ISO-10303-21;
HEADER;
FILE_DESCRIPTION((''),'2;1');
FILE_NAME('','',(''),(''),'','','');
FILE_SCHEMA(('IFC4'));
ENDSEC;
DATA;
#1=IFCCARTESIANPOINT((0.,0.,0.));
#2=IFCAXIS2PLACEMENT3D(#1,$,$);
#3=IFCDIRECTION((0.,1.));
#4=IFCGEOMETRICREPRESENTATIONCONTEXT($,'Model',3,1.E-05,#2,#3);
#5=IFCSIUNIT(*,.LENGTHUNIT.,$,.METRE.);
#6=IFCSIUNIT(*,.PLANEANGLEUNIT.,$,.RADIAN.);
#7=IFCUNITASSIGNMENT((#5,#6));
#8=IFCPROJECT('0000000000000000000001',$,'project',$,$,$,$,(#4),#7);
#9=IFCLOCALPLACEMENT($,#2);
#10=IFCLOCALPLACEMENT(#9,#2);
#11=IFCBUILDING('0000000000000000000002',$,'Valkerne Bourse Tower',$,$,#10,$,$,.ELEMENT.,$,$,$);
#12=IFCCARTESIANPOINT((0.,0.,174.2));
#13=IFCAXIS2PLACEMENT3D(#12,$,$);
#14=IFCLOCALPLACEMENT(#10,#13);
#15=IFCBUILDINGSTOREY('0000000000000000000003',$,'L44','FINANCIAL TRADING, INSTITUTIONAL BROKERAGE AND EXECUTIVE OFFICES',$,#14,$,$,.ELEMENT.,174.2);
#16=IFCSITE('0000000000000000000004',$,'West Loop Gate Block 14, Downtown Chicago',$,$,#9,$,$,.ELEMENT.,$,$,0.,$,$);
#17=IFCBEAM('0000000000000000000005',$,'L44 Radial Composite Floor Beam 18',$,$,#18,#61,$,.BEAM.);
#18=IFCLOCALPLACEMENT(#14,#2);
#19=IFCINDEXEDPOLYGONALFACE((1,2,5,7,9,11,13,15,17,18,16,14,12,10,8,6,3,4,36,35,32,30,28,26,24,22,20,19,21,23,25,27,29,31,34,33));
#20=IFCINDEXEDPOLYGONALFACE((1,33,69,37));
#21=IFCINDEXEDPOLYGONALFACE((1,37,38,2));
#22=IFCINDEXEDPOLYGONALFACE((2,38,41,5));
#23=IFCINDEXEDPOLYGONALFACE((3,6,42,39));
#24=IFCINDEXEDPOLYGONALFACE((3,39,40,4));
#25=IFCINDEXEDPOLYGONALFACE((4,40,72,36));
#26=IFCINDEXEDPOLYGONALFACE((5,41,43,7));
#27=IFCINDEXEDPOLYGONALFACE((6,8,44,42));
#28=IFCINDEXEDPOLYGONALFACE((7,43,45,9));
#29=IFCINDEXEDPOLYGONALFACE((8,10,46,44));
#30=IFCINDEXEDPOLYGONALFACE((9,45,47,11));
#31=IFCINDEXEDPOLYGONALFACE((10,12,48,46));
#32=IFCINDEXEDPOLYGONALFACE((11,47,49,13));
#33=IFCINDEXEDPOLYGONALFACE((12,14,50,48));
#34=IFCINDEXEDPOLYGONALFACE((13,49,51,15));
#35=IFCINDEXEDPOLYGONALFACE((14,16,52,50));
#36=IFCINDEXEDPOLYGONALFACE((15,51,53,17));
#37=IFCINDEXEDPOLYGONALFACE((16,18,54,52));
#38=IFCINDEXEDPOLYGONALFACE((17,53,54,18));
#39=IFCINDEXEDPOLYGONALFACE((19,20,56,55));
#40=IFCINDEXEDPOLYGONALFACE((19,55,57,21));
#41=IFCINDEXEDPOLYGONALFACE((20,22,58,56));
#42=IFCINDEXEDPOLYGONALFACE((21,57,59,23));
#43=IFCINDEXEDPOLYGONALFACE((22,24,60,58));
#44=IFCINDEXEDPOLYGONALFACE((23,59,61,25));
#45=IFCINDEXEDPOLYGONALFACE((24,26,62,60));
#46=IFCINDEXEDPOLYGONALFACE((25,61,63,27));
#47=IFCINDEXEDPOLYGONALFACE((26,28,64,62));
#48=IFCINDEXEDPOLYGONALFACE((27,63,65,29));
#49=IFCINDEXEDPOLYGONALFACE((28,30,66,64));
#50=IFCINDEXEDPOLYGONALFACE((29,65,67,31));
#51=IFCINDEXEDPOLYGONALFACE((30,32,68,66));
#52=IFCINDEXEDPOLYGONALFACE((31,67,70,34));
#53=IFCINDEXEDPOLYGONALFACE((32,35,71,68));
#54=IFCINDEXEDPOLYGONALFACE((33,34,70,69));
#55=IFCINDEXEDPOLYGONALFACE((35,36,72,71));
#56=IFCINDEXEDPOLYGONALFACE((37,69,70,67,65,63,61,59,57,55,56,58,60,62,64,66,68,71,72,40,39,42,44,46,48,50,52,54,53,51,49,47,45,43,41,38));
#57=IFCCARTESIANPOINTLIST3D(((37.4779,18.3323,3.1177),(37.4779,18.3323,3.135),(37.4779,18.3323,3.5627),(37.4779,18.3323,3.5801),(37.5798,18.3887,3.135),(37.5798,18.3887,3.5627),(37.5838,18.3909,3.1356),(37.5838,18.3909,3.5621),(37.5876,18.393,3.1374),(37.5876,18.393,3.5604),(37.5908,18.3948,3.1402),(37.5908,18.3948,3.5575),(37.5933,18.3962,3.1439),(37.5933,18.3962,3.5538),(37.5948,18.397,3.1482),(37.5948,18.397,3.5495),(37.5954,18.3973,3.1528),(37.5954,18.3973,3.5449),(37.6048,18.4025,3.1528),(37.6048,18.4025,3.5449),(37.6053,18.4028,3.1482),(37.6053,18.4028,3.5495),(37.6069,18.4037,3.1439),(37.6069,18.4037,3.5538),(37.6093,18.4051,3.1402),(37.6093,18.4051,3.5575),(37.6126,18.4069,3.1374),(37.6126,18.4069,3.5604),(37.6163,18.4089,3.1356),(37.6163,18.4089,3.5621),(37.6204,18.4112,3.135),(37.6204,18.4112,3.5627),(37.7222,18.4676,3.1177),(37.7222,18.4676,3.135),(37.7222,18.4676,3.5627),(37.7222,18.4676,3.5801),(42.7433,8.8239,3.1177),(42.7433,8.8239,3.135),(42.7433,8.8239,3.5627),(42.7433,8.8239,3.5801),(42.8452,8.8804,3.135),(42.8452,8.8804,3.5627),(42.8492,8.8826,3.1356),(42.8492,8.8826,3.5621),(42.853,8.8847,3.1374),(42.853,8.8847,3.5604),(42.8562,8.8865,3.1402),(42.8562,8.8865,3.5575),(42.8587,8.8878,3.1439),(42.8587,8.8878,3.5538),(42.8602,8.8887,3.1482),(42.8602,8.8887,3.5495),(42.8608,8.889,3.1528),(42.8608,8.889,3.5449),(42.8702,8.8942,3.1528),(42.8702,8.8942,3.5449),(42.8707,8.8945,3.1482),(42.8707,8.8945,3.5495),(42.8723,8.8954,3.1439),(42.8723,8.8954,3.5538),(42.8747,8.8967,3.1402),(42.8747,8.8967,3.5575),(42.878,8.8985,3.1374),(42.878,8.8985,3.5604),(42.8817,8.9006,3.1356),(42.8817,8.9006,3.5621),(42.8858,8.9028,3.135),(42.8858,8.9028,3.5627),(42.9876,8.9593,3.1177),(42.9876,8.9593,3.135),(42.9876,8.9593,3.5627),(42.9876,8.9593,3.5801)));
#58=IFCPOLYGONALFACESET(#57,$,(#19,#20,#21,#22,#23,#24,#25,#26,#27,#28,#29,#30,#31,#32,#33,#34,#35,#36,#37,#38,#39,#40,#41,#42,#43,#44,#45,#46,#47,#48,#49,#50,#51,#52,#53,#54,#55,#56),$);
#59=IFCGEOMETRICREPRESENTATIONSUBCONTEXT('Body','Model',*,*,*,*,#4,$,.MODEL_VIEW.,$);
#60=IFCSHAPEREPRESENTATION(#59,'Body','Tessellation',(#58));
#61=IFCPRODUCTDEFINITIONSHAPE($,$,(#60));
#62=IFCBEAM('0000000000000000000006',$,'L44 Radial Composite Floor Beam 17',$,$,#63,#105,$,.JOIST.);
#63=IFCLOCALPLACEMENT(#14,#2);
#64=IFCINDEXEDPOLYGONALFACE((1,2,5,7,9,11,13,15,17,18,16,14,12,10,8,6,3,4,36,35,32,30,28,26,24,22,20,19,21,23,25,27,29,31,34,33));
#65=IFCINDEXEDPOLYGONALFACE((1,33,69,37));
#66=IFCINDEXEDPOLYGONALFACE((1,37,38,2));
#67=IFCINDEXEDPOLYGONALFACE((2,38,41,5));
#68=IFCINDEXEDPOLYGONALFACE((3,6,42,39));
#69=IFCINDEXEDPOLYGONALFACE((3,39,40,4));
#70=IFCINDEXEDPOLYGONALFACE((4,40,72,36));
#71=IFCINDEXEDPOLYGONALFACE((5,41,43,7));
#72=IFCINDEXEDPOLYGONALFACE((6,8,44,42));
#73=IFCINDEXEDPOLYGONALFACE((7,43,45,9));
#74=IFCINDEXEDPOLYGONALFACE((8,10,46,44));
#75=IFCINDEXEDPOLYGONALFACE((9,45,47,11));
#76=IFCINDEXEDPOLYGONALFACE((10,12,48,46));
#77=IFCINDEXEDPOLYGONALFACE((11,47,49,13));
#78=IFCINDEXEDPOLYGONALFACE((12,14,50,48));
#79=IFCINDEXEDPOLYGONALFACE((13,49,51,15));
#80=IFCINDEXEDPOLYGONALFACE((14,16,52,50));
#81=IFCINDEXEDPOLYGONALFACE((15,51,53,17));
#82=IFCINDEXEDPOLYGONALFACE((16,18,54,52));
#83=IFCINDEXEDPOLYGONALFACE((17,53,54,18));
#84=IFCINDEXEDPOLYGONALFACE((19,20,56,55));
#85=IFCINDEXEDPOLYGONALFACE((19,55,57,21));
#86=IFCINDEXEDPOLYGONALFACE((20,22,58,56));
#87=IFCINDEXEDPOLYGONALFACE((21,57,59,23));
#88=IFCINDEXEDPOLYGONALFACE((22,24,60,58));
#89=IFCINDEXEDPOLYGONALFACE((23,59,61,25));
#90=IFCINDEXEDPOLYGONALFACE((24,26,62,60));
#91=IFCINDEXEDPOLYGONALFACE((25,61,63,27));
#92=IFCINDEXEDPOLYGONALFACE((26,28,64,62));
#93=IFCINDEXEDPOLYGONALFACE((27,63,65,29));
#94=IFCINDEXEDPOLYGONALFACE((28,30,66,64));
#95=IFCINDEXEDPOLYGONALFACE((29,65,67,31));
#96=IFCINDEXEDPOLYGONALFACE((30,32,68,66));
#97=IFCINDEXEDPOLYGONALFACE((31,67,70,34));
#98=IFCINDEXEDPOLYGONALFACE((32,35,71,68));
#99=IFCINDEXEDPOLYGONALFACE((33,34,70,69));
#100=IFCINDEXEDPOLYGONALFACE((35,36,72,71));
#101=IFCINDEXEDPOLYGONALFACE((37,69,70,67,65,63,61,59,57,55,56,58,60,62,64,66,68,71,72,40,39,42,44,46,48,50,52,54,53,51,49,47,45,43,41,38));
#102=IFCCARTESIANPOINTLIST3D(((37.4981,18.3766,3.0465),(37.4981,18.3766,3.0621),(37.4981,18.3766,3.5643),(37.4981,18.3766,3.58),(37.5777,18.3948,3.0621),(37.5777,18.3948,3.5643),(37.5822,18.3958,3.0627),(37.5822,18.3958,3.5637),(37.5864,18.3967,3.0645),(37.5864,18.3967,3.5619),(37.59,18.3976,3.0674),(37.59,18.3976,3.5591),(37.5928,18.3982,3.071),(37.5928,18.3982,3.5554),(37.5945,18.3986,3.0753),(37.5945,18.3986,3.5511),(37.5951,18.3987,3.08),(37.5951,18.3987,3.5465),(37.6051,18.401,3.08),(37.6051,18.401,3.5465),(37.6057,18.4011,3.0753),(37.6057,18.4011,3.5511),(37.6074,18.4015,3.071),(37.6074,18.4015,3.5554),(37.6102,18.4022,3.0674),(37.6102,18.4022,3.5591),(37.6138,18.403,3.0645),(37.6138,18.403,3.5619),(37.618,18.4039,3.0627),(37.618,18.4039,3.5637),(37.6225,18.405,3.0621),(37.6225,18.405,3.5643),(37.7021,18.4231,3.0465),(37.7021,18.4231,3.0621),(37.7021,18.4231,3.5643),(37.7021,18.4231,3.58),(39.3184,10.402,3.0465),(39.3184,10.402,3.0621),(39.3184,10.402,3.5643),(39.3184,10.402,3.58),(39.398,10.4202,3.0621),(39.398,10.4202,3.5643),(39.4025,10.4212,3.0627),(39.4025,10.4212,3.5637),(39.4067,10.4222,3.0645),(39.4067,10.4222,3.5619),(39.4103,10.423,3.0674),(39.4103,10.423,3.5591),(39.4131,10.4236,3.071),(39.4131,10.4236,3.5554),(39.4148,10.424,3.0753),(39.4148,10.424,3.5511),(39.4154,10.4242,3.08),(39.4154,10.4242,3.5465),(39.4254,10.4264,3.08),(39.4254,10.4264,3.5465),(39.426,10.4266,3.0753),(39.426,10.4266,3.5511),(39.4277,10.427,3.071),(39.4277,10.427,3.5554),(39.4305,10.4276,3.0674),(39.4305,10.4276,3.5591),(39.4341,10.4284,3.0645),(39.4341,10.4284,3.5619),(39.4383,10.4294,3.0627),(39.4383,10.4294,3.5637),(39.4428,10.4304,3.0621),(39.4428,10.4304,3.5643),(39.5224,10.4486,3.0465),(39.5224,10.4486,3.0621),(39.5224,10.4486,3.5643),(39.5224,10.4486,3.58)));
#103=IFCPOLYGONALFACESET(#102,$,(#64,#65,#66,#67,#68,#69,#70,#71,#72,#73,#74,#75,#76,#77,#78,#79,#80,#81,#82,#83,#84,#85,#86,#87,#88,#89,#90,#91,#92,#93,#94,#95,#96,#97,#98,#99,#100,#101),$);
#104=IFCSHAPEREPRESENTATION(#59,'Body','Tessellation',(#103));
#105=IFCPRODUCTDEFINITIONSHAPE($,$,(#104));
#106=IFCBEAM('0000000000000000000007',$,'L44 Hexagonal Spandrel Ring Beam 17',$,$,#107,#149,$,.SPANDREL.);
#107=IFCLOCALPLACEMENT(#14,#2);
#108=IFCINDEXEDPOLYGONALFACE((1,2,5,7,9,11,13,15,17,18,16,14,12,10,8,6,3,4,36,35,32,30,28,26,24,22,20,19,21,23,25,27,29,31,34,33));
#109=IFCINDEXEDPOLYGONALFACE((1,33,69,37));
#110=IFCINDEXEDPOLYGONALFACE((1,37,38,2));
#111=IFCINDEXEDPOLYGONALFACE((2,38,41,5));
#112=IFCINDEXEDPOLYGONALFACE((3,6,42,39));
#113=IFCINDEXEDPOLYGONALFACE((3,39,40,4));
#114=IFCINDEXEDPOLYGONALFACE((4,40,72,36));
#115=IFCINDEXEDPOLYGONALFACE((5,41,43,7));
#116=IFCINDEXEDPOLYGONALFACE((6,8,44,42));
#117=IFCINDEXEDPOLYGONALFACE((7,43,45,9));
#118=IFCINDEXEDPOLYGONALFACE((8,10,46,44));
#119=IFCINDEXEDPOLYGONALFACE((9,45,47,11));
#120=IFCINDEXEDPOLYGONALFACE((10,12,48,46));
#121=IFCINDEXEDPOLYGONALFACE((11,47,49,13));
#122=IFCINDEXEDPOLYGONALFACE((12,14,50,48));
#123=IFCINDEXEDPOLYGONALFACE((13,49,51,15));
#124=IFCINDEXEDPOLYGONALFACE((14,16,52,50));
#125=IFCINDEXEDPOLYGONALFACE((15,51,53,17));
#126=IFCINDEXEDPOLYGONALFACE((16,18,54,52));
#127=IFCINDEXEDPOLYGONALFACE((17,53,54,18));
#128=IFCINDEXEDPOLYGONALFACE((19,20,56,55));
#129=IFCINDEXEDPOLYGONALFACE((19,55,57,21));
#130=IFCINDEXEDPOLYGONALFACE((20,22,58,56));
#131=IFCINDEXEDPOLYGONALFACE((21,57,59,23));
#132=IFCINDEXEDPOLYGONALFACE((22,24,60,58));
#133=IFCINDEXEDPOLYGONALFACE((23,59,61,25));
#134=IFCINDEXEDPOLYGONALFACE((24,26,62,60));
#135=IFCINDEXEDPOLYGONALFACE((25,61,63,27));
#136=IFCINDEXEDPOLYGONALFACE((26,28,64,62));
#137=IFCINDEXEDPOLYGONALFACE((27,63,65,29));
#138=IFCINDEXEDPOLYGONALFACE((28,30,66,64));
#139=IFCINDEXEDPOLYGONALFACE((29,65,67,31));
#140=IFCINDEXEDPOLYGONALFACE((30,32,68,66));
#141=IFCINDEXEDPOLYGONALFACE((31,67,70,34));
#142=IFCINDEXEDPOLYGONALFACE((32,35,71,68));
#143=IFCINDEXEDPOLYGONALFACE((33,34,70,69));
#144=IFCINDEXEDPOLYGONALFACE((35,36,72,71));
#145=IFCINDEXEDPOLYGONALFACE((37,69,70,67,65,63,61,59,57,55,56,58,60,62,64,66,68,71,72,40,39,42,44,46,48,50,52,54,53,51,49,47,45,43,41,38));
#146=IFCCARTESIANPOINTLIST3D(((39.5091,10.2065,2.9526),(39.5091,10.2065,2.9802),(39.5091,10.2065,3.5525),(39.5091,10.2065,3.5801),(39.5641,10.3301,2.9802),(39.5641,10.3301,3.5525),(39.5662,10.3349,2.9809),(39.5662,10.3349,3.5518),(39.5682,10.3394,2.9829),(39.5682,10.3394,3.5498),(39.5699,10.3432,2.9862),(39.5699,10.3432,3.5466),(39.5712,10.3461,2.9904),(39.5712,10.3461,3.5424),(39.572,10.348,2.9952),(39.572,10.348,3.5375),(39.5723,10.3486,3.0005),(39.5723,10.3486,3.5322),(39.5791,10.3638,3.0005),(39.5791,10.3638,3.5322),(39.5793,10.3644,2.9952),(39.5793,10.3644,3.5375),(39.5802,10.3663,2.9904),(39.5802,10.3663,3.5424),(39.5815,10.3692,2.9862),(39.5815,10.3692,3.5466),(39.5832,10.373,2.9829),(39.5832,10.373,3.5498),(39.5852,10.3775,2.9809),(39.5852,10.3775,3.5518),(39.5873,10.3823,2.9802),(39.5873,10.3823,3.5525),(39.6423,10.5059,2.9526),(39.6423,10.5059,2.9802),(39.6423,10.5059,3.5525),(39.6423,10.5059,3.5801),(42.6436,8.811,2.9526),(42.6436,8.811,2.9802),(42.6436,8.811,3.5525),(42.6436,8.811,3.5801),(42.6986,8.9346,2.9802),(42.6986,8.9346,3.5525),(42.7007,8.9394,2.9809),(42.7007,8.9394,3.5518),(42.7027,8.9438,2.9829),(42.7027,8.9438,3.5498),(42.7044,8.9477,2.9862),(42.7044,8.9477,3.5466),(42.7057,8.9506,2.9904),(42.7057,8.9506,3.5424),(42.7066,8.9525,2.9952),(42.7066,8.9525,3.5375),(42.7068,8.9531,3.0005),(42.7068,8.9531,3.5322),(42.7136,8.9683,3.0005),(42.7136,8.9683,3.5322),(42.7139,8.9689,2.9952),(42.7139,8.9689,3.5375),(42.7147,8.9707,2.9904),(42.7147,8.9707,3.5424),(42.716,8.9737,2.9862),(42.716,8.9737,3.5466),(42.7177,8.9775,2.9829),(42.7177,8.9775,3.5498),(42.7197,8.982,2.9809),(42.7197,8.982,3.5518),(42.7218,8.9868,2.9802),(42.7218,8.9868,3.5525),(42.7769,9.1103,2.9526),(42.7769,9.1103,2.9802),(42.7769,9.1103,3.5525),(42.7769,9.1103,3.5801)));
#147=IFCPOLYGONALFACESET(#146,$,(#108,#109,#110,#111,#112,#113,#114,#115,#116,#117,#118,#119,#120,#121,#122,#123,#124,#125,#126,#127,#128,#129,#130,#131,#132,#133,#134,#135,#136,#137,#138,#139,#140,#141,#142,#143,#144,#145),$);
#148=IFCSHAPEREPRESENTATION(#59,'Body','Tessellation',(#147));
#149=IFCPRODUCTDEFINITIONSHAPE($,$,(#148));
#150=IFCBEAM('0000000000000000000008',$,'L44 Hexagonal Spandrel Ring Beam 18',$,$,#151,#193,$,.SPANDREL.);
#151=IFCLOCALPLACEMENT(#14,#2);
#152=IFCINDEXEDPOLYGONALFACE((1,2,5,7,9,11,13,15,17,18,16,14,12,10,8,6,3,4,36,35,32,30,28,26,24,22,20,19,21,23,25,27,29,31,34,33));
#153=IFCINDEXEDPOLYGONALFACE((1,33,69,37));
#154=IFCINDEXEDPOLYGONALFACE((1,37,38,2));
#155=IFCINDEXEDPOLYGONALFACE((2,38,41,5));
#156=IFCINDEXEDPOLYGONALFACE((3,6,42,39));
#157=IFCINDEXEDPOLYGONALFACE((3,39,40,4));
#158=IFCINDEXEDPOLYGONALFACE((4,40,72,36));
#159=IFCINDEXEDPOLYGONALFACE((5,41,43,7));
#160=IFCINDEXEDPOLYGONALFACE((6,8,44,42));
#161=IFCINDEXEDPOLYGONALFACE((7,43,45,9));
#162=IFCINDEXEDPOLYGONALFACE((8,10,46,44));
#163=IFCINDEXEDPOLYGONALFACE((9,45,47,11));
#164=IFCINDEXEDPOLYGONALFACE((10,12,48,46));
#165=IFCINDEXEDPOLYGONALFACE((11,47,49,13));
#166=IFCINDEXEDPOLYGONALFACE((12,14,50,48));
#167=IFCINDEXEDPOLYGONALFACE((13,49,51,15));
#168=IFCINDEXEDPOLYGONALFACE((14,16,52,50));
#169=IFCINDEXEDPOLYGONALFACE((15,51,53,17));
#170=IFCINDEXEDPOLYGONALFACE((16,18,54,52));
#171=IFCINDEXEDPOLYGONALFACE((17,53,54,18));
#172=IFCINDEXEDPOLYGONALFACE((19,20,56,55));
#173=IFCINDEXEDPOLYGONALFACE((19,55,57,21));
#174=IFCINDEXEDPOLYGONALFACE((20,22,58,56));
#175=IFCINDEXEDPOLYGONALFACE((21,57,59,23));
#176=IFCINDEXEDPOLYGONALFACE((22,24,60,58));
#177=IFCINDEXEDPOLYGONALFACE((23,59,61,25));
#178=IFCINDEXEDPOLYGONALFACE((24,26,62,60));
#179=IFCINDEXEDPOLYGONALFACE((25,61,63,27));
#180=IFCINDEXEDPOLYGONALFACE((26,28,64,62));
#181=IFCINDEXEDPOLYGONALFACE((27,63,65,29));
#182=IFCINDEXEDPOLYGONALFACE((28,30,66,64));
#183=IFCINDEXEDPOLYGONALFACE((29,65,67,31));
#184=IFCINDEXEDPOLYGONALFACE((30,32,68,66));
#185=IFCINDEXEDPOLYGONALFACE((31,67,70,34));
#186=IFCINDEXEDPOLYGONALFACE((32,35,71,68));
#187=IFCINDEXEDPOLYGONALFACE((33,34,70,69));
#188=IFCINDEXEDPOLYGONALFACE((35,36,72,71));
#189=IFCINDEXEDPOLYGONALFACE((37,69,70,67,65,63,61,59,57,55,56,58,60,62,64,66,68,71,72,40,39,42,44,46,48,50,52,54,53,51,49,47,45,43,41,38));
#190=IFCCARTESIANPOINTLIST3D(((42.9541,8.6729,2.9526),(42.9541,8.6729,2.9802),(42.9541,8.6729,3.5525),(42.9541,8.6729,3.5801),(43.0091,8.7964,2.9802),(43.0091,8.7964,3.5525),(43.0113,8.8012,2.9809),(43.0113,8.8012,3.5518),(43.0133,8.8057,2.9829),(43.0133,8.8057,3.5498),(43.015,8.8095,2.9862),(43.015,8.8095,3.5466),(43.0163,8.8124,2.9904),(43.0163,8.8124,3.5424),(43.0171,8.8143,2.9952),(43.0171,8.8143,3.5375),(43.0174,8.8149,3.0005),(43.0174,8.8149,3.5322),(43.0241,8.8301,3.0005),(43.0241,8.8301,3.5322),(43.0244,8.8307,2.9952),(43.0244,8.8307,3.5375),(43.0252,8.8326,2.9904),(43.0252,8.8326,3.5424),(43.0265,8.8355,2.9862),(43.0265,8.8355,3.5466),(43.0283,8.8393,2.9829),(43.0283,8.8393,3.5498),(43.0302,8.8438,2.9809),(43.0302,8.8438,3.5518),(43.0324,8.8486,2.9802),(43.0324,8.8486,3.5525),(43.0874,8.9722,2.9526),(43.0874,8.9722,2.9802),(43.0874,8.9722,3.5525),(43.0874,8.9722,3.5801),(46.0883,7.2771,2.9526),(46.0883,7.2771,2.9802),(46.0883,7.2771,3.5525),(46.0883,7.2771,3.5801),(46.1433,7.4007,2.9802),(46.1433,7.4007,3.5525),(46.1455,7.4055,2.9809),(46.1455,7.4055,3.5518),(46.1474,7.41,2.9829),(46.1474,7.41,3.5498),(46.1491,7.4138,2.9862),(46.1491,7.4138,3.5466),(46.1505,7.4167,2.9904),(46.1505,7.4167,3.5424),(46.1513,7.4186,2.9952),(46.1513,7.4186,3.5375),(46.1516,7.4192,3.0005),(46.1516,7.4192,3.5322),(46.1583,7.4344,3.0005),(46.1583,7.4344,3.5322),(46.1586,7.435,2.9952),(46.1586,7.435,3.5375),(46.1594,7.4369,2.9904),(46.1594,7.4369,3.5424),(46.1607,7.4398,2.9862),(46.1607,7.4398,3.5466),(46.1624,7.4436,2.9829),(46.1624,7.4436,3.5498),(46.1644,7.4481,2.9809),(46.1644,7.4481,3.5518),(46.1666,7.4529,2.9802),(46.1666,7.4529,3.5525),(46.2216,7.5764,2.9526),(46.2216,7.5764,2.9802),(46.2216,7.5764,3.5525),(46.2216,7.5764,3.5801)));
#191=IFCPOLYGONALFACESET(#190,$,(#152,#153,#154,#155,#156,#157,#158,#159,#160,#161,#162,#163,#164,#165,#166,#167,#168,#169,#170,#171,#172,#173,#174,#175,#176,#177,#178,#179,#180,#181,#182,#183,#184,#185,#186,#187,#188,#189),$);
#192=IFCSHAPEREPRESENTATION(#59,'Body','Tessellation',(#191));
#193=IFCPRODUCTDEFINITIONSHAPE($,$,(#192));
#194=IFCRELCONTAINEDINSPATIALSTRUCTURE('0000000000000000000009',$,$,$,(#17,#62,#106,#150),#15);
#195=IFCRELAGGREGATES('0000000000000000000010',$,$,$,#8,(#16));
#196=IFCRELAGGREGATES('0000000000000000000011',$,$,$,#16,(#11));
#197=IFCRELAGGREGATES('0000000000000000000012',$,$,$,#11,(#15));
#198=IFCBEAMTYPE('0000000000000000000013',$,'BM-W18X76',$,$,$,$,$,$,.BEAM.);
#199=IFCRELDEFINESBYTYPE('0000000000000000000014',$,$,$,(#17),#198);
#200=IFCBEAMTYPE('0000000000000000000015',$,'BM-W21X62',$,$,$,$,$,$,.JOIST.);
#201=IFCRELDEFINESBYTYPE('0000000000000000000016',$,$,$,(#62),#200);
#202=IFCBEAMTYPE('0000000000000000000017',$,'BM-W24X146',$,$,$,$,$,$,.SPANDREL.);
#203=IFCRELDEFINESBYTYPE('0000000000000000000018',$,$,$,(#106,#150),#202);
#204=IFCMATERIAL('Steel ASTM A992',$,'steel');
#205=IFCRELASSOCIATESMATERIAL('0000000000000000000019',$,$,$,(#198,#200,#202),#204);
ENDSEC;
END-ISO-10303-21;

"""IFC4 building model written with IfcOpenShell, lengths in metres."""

from ifc_helpers import new_model, si_unit, direction, frame, origin, origin_2d, place, context, subcontext, project, spatial, i_section, extrude, material, material_profile, profile_set, type_object, element, save


model = new_model("IFC4")

# Units and contexts
model_context = context("Model", 3, precision=1e-05, world=origin(), true_north=direction((0.0, 1.0)))
body_context = subcontext(model_context, "Body", "Model", "MODEL_VIEW")
ifc_project = project(units=[si_unit("LENGTHUNIT", "METRE"), si_unit("PLANEANGLEUNIT", "RADIAN")], contexts=[model_context])

# Site, building, storey
site_placement = place(None, origin())
site = spatial("IfcSite", under=ifc_project, at=site_placement, Name="West Loop Gate Block 14, Downtown Chicago", CompositionType="ELEMENT", RefElevation=0.0)
building_placement = place(site_placement, origin())
building = spatial("IfcBuilding", under=site, at=building_placement, Name="Valkerne Bourse Tower", CompositionType="ELEMENT")
storey_placement = place(building_placement, frame((0.0, 0.0, 174.2)))
storey = spatial("IfcBuildingStorey", under=building, at=storey_placement, Name="L44", Description="FINANCIAL TRADING, INSTITUTIONAL BROKERAGE AND EXECUTIVE OFFICES", CompositionType="ELEMENT", Elevation=174.2)

# Beams
ifc_material_1 = material(Name="Steel ASTM A992", Category="steel")
ifc_material_profile_1 = material_profile(ifc_material_1, i_section(OverallWidth=0.2793, OverallDepth=0.4624, WebThickness=0.0107, FlangeThickness=0.0173, FilletRadius=0.0178, at=origin_2d()), Name="W18X76")
ifc_profile_set_1 = profile_set([ifc_material_profile_1], Name="Steel ASTM A992")
beam_type_1 = type_object("IfcBeamType", Name="BM-W18X76", PredefinedType="BEAM", material=ifc_profile_set_1)
beam_1_placement = place(storey_placement, frame((42.8655, 8.8916, 3.3489), z_axis=(-0.484447, 0.874821, 0.0), x_axis=(-0.874821, -0.484447, 0.0)))
element("IfcBeam", 1, at=beam_1_placement, inside=storey, type_object=beam_type_1, Name="L44 Radial Composite Floor Beam 18", PredefinedType="BEAM", context=body_context, shape_type="SweptSolid", body=[
    extrude(i_section(OverallWidth=0.2793, OverallDepth=0.4624, WebThickness=0.0107, FlangeThickness=0.0173, FilletRadius=0.0178, at=origin_2d()), origin(), (0.0, 0.0, 1.0), 10.8689),
])
ifc_material_profile_2 = material_profile(ifc_material_1, i_section(OverallWidth=0.2092, OverallDepth=0.5334, WebThickness=0.0103, FlangeThickness=0.0156, FilletRadius=0.0178, at=origin_2d()), Name="W21X62")
ifc_profile_set_2 = profile_set([ifc_material_profile_2], Name="Steel ASTM A992")
beam_type_2 = type_object("IfcBeamType", Name="BM-W21X62", PredefinedType="JOIST", material=ifc_profile_set_2)
beam_2_placement = place(storey_placement, frame((39.4204, 10.4253, 3.3132), z_axis=(-0.22254, 0.974924, 0.0), x_axis=(-0.974924, -0.22254, 0.0)))
element("IfcBeam", 2, at=beam_2_placement, inside=storey, type_object=beam_type_2, Name="L44 Radial Composite Floor Beam 17", PredefinedType="JOIST", context=body_context, shape_type="SweptSolid", body=[
    extrude(i_section(OverallWidth=0.2092, OverallDepth=0.5334, WebThickness=0.0103, FlangeThickness=0.0156, FilletRadius=0.0178, at=origin_2d()), origin(), (0.0, 0.0, 1.0), 8.1797),
])
ifc_material_profile_3 = material_profile(ifc_material_1, i_section(OverallWidth=0.3276, OverallDepth=0.6274, WebThickness=0.0166, FlangeThickness=0.0276, FilletRadius=0.0203, at=origin_2d()), Name="W24X146")
ifc_profile_set_3 = profile_set([ifc_material_profile_3], Name="Steel ASTM A992")
beam_type_3 = type_object("IfcBeamType", Name="BM-W24X146", PredefinedType="SPANDREL", material=ifc_profile_set_3)
beam_3_placement = place(storey_placement, frame((39.5757, 10.3562, 3.2664), z_axis=(0.913553, -0.406719, 0.0), x_axis=(0.406719, 0.913553, 0.0)))
element("IfcBeam", 3, at=beam_3_placement, inside=storey, type_object=beam_type_3, Name="L44 Hexagonal Spandrel Ring Beam 17", PredefinedType="SPANDREL", context=body_context, shape_type="SweptSolid", body=[
    extrude(i_section(OverallWidth=0.3276, OverallDepth=0.6274, WebThickness=0.0166, FlangeThickness=0.0276, FilletRadius=0.0203, at=origin_2d()), origin(), (0.0, 0.0, 1.0), 3.4312),
])
beam_4_placement = place(storey_placement, frame((43.0208, 8.8225, 3.2664), z_axis=(0.913515, -0.406805, 0.0), x_axis=(0.406805, 0.913515, 0.0)))
element("IfcBeam", 4, at=beam_4_placement, inside=storey, type_object=beam_type_3, Name="L44 Hexagonal Spandrel Ring Beam 18", PredefinedType="SPANDREL", context=body_context, shape_type="SweptSolid", body=[
    extrude(i_section(OverallWidth=0.3276, OverallDepth=0.6274, WebThickness=0.0166, FlangeThickness=0.0276, FilletRadius=0.0203, at=origin_2d()), origin(), (0.0, 0.0, 1.0), 3.4309),
])

save(model, "model.ifc")
